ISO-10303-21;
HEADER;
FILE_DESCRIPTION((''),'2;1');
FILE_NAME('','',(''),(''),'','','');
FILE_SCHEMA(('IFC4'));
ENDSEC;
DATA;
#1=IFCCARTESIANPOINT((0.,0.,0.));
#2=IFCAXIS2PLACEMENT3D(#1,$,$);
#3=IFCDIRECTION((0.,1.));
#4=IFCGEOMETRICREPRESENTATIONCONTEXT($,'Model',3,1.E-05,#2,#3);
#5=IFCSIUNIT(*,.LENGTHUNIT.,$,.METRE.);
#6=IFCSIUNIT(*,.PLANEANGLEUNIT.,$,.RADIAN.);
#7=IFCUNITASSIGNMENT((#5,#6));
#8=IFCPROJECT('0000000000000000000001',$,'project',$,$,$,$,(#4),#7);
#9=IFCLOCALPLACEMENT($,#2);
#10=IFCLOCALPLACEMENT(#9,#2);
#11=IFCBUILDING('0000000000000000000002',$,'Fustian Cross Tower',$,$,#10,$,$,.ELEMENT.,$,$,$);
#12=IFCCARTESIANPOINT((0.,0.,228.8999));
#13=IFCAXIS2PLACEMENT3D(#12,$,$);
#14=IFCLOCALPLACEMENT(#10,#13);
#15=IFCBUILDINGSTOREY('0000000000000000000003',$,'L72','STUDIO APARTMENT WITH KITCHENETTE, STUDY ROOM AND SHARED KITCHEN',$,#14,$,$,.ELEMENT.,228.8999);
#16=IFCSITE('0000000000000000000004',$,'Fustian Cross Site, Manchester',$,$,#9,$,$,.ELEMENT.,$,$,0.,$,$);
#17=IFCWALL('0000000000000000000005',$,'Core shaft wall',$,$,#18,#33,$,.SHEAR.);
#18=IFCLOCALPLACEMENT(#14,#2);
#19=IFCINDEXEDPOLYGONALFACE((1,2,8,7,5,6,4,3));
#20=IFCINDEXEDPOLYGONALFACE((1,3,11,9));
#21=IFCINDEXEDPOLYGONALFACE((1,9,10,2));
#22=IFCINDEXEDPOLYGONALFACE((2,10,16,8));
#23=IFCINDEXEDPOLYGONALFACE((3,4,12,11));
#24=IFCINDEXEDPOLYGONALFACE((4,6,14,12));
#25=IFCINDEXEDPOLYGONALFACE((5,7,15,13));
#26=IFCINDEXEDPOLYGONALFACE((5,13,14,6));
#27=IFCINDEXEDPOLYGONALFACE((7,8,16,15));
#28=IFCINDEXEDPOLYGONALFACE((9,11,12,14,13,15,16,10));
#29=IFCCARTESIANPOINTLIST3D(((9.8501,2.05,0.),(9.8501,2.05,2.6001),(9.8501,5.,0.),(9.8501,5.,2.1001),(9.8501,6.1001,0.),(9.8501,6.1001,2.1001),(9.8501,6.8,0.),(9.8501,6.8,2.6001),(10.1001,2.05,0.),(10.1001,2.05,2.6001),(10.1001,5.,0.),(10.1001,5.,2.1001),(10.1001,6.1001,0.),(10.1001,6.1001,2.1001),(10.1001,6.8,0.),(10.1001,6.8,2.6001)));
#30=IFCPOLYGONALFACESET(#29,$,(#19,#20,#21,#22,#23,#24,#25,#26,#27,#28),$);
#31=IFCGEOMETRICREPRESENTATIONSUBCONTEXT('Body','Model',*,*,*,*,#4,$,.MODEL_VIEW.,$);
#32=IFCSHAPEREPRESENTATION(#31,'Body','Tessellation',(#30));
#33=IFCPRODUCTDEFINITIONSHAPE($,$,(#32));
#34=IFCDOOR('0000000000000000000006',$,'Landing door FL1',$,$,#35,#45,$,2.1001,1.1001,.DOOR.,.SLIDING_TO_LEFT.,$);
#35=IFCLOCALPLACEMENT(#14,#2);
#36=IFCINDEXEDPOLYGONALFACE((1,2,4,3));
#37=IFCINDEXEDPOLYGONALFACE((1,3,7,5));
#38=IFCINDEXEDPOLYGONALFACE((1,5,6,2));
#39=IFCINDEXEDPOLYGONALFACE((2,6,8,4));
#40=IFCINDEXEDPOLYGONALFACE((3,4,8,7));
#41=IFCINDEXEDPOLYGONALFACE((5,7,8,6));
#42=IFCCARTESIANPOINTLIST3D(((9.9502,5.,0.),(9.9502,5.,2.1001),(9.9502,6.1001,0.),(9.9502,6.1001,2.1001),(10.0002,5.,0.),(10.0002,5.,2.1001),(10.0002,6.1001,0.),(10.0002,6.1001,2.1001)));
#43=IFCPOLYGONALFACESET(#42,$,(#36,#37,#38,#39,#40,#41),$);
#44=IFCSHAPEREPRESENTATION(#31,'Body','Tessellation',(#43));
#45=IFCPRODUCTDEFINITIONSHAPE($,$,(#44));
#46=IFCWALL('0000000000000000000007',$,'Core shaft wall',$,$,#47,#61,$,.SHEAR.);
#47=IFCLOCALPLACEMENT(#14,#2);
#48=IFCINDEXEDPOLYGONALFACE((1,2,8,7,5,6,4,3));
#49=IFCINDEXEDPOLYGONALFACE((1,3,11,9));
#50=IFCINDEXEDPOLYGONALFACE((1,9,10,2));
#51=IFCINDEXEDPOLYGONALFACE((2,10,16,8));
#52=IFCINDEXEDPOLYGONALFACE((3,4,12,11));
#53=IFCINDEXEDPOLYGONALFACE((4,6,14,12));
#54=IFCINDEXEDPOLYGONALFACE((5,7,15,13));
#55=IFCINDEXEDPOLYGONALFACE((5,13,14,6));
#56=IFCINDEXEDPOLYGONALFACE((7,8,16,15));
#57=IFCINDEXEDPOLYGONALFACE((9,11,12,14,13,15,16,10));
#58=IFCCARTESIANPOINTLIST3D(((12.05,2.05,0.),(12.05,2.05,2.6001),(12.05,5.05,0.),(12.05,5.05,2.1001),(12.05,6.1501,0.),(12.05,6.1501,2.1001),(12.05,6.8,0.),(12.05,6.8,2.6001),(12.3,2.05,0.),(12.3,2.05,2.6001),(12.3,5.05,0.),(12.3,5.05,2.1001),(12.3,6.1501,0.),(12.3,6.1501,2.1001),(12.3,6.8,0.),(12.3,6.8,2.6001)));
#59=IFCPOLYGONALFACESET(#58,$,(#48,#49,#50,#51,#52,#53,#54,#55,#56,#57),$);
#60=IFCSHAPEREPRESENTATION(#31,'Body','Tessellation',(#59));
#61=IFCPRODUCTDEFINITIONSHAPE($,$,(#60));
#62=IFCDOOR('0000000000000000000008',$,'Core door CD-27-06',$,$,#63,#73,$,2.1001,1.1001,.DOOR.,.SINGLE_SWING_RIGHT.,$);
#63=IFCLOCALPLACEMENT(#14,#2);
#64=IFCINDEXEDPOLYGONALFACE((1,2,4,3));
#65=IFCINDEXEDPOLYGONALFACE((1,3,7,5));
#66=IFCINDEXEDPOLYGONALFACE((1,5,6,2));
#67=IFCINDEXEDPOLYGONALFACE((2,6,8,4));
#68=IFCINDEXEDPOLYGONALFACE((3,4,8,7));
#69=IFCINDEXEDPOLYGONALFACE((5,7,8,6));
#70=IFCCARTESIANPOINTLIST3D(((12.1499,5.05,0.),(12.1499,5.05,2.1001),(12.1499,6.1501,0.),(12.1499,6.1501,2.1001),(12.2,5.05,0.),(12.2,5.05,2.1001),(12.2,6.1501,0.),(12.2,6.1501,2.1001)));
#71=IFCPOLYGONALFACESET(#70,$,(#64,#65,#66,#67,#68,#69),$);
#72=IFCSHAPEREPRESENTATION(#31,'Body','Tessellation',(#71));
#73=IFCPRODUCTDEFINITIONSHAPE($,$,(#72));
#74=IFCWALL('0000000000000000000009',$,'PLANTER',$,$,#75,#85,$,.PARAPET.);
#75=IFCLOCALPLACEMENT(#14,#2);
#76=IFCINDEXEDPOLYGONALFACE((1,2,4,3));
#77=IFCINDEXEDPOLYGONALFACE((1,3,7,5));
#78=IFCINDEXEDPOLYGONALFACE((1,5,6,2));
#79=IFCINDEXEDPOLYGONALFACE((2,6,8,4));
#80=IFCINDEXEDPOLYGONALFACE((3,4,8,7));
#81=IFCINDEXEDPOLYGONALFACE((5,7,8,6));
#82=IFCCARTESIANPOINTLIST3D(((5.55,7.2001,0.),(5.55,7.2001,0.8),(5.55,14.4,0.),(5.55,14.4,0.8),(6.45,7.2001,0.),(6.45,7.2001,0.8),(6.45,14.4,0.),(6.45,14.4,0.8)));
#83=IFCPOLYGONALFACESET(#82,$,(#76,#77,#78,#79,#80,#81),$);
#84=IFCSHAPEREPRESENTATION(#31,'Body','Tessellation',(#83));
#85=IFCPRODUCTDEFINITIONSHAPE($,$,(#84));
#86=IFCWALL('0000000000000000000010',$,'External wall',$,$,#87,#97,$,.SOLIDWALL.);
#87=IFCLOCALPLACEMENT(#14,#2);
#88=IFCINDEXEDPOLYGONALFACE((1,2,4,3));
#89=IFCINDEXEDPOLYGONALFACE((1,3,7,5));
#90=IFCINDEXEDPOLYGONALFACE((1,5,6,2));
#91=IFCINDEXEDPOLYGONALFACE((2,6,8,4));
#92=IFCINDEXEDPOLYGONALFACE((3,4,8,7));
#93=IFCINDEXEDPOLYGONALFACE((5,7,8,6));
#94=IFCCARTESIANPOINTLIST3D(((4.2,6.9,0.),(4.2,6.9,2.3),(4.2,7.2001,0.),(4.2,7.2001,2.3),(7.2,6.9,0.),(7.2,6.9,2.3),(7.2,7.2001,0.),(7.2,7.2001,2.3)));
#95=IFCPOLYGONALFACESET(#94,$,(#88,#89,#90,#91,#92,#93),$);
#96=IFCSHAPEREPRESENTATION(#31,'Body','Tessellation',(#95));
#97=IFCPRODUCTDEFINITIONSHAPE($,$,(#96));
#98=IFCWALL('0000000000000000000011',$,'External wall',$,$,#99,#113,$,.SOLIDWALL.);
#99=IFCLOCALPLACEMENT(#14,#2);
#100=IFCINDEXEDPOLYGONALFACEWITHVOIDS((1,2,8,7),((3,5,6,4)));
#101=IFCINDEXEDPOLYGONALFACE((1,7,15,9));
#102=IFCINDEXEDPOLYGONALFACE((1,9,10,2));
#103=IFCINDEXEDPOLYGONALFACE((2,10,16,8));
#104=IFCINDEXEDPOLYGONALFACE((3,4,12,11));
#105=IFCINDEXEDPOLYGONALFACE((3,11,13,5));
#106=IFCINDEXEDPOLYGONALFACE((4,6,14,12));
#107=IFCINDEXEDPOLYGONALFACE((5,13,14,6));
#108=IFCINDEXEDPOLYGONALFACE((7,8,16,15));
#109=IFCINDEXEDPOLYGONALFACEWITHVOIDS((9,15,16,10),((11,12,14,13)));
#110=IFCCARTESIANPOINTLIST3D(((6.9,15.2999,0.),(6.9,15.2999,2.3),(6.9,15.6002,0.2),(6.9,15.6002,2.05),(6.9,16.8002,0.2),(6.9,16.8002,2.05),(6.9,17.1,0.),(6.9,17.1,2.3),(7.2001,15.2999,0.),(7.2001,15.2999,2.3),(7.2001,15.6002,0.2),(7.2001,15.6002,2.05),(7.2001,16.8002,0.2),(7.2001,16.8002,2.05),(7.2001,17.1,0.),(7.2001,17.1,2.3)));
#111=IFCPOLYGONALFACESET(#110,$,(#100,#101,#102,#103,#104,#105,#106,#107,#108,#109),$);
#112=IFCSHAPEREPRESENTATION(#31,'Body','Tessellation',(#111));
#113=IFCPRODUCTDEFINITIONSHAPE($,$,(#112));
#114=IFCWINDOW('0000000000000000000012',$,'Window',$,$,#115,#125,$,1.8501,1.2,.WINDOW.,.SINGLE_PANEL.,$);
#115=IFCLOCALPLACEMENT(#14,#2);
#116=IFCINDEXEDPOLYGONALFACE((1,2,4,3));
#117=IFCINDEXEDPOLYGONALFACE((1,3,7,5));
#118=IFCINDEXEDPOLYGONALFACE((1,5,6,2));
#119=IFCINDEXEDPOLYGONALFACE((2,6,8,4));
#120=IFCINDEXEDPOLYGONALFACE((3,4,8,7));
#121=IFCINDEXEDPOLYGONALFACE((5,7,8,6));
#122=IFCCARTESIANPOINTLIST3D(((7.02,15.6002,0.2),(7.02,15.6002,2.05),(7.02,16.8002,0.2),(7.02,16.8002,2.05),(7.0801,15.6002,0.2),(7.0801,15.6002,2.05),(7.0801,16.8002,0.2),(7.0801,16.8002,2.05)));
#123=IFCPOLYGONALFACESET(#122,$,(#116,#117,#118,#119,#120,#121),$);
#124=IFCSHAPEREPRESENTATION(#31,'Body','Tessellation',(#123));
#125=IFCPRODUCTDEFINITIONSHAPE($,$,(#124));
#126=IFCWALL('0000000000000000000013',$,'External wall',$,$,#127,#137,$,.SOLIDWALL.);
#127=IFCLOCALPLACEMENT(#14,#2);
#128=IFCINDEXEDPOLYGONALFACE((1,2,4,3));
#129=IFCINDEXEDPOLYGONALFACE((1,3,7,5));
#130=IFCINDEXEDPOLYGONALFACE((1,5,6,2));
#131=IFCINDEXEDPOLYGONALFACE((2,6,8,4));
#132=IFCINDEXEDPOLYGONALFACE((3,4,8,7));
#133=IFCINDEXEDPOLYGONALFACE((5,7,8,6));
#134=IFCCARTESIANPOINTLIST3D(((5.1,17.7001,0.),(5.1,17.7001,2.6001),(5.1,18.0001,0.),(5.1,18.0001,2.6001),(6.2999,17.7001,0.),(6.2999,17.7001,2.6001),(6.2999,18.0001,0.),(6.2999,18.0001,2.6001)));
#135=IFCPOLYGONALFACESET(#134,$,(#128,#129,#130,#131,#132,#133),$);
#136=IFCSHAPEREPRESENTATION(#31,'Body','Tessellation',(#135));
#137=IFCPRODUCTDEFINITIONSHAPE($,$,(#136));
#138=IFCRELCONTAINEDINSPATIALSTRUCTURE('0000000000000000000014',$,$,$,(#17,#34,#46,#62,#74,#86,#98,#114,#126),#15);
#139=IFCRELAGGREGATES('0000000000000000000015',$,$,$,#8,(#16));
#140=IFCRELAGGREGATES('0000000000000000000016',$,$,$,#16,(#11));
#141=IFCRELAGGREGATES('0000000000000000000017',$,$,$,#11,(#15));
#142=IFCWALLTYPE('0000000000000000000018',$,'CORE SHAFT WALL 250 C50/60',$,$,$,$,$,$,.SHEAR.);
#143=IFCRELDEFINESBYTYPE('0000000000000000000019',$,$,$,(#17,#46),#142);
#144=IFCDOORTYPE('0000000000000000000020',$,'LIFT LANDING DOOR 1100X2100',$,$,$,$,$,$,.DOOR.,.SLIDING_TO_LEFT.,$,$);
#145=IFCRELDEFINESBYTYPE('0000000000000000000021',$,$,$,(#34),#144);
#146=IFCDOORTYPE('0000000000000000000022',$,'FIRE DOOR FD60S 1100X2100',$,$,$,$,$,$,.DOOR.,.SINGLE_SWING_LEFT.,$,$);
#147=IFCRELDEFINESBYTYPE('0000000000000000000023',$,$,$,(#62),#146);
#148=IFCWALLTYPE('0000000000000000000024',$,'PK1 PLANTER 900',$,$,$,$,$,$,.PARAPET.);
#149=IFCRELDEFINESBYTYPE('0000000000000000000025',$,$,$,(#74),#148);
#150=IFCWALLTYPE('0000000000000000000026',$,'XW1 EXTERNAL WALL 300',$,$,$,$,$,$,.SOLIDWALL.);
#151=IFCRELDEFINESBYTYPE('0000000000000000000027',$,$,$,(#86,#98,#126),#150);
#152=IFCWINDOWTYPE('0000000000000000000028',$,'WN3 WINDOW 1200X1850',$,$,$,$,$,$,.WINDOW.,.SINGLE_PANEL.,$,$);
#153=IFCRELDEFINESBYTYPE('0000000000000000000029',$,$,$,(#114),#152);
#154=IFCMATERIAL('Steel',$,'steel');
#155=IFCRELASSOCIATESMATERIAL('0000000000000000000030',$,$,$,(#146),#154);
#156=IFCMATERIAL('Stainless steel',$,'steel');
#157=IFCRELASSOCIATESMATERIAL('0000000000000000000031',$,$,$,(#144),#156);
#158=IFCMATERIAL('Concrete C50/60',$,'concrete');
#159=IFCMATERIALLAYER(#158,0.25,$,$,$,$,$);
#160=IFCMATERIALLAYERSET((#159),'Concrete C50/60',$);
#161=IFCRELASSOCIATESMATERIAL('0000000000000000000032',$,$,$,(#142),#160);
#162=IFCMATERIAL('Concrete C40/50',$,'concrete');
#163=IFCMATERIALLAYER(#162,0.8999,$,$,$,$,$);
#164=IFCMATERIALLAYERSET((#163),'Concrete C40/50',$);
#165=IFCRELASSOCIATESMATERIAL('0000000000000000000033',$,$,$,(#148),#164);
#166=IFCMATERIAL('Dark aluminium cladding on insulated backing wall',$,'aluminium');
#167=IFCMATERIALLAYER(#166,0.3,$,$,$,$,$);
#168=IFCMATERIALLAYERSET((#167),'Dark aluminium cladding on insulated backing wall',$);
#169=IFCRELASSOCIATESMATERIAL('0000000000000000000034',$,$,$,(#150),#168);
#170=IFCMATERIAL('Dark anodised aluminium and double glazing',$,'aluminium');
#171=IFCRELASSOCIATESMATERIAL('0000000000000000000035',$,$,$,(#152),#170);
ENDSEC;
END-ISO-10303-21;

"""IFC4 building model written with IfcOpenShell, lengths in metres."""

from ifc_helpers import new_model, si_unit, direction, frame, frame_2d, origin, place, context, subcontext, project, spatial, rectangle, extrude, material, layer, layer_set, type_object, element, fill, save


model = new_model("IFC4")

# Units and contexts
model_context = context("Model", 3, precision=1e-05, world=origin(), true_north=direction((0.0, 1.0)))
body_context = subcontext(model_context, "Body", "Model", "MODEL_VIEW")
ifc_project = project(units=[si_unit("LENGTHUNIT", "METRE"), si_unit("PLANEANGLEUNIT", "RADIAN")], contexts=[model_context])

# Site, building, storey
site_placement = place(None, origin())
site = spatial("IfcSite", under=ifc_project, at=site_placement, Name="Fustian Cross Site, Manchester", CompositionType="ELEMENT", RefElevation=0.0)
building_placement = place(site_placement, origin())
building = spatial("IfcBuilding", under=site, at=building_placement, Name="Fustian Cross Tower", CompositionType="ELEMENT")
storey_placement = place(building_placement, frame((0.0, 0.0, 228.8999)))
storey = spatial("IfcBuildingStorey", under=building, at=storey_placement, Name="L72", Description="STUDIO APARTMENT WITH KITCHENETTE, STUDY ROOM AND SHARED KITCHEN", CompositionType="ELEMENT", Elevation=228.8999)

# Shared definitions
ifc_material_1 = material(Name="Steel", Category="steel")
door_type_1 = type_object("IfcDoorType", Name="FIRE DOOR FD60S 1100X2100", OperationType="SINGLE_SWING_LEFT", PredefinedType="DOOR", material=ifc_material_1)
ifc_material_2 = material(Name="Stainless steel", Category="steel")
door_type_2 = type_object("IfcDoorType", Name="LIFT LANDING DOOR 1100X2100", OperationType="SLIDING_TO_LEFT", PredefinedType="DOOR", material=ifc_material_2)

# Shared definitions
ifc_material_3 = material(Name="Concrete C50/60", Category="concrete")
ifc_layer_1 = layer(ifc_material_3, 0.25)
ifc_layer_set_1 = layer_set([ifc_layer_1], Name="Concrete C50/60")
wall_type_1 = type_object("IfcWallType", Name="CORE SHAFT WALL 250 C50/60", PredefinedType="SHEAR", material=ifc_layer_set_1)

# Walls, openings, doors
wall_1_placement = place(storey_placement, frame((9.9751, 2.05, 0.0), z_axis=(0.0, 0.0, 1.0), x_axis=(0.0, 1.0, 0.0)))
wall_1 = element("IfcWall", 1, at=wall_1_placement, inside=storey, type_object=wall_type_1, Name="Core shaft wall", PredefinedType="SHEAR", context=body_context, shape_type="SweptSolid", body=[
    extrude(rectangle(XDim=4.75, YDim=0.25, at=frame_2d((2.375, 0.0))), origin(), (0.0, 0.0, 1.0), 2.6001),
])
opening_1_placement = place(wall_1_placement, frame((2.95, 0.0, 0.0)))
opening_1 = element("IfcOpeningElement", 2, at=opening_1_placement, cuts=wall_1, PredefinedType="OPENING", context=body_context, shape_type="SweptSolid", body=[
    extrude(rectangle(XDim=1.1001, YDim=2.1001, at=frame_2d((0.55, 1.05))), frame((0.0, 0.135, 0.0), z_axis=(0.0, -1.0, 0.0), x_axis=(1.0, 0.0, 0.0)), (0.0, 0.0, 1.0), 0.27),
])
door_1_placement = place(opening_1_placement, origin())
door_1 = element("IfcDoor", 3, at=door_1_placement, inside=storey, type_object=door_type_2, Name="Landing door FL1", OperationType="SLIDING_TO_LEFT", OverallHeight=2.1001, OverallWidth=1.1001, PredefinedType="DOOR", context=body_context, shape_type="SweptSolid", body=[
    extrude(rectangle(XDim=1.1001, YDim=2.1001, at=frame_2d((0.55, 1.05))), frame((0.0, 0.0249, 0.0), z_axis=(0.0, -1.0, 0.0), x_axis=(1.0, 0.0, 0.0)), (0.0, 0.0, 1.0), 0.05),
])
fill(opening_1, door_1)
wall_2_placement = place(storey_placement, frame((12.175, 2.05, 0.0), z_axis=(0.0, 0.0, 1.0), x_axis=(0.0, 1.0, 0.0)))
wall_2 = element("IfcWall", 4, at=wall_2_placement, inside=storey, type_object=wall_type_1, Name="Core shaft wall", PredefinedType="SHEAR", context=body_context, shape_type="SweptSolid", body=[
    extrude(rectangle(XDim=4.75, YDim=0.25, at=frame_2d((2.375, 0.0))), origin(), (0.0, 0.0, 1.0), 2.6001),
])
opening_2_placement = place(wall_2_placement, frame((3.0, 0.0, 0.0)))
opening_2 = element("IfcOpeningElement", 5, at=opening_2_placement, cuts=wall_2, PredefinedType="OPENING", context=body_context, shape_type="SweptSolid", body=[
    extrude(rectangle(XDim=1.1001, YDim=2.1001, at=frame_2d((0.55, 1.05))), frame((0.0, 0.135, 0.0), z_axis=(0.0, -1.0, 0.0), x_axis=(1.0, 0.0, 0.0)), (0.0, 0.0, 1.0), 0.27),
])
door_2_placement = place(opening_2_placement, frame((1.1001, 0.0, 0.0), z_axis=(0.0, 0.0, 1.0), x_axis=(-1.0, 0.0, 0.0)))
door_2 = element("IfcDoor", 6, at=door_2_placement, inside=storey, type_object=door_type_1, Name="Core door CD-27-06", OperationType="SINGLE_SWING_RIGHT", OverallHeight=2.1001, OverallWidth=1.1001, PredefinedType="DOOR", context=body_context, shape_type="SweptSolid", body=[
    extrude(rectangle(XDim=1.1001, YDim=2.1001, at=frame_2d((0.55, 1.05))), frame((0.0, 0.0249, 0.0), z_axis=(0.0, -1.0, 0.0), x_axis=(1.0, 0.0, 0.0)), (0.0, 0.0, 1.0), 0.05),
])
fill(opening_2, door_2)

# Walls
ifc_material_4 = material(Name="Concrete C40/50", Category="concrete")
ifc_layer_2 = layer(ifc_material_4, 0.8999)
ifc_layer_set_2 = layer_set([ifc_layer_2], Name="Concrete C40/50")
wall_type_2 = type_object("IfcWallType", Name="PK1 PLANTER 900", PredefinedType="PARAPET", material=ifc_layer_set_2)
wall_3_placement = place(storey_placement, frame((6.0, 7.2, 0.0), z_axis=(0.0, 0.0, 1.0), x_axis=(0.0, 1.0, 0.0)))
element("IfcWall", 7, at=wall_3_placement, inside=storey, type_object=wall_type_2, Name="PLANTER", PredefinedType="PARAPET", context=body_context, shape_type="SweptSolid", body=[
    extrude(rectangle(XDim=7.2, YDim=0.8999, at=frame_2d((3.6001, 0.0))), origin(), (0.0, 0.0, 1.0), 0.8),
])
ifc_material_5 = material(Name="Dark aluminium cladding on insulated backing wall", Category="aluminium")
ifc_layer_3 = layer(ifc_material_5, 0.3)
ifc_layer_set_3 = layer_set([ifc_layer_3], Name="Dark aluminium cladding on insulated backing wall")
wall_type_3 = type_object("IfcWallType", Name="XW1 EXTERNAL WALL 300", PredefinedType="SOLIDWALL", material=ifc_layer_set_3)
wall_4_placement = place(storey_placement, frame((7.2, 7.05, 0.0), z_axis=(0.0, 0.0, 1.0), x_axis=(-1.0, 0.0, 0.0)))
element("IfcWall", 8, at=wall_4_placement, inside=storey, type_object=wall_type_3, Name="External wall", PredefinedType="SOLIDWALL", context=body_context, shape_type="SweptSolid", body=[
    extrude(rectangle(XDim=3.0, YDim=0.3, at=frame_2d((1.5, 0.0))), origin(), (0.0, 0.0, 1.0), 2.3),
])

# Wall, opening, window
wall_5_placement = place(storey_placement, frame((7.05, 15.3, 0.0), z_axis=(0.0, 0.0, 1.0), x_axis=(0.0, 1.0, 0.0)))
wall_5 = element("IfcWall", 9, at=wall_5_placement, inside=storey, type_object=wall_type_3, Name="External wall", PredefinedType="SOLIDWALL", context=body_context, shape_type="SweptSolid", body=[
    extrude(rectangle(XDim=1.8, YDim=0.3, at=frame_2d((0.8999, 0.0))), origin(), (0.0, 0.0, 1.0), 2.3),
])
opening_3_placement = place(wall_5_placement, frame((0.3, 0.0, 0.2)))
opening_3 = element("IfcOpeningElement", 10, at=opening_3_placement, cuts=wall_5, PredefinedType="OPENING", context=body_context, shape_type="SweptSolid", body=[
    extrude(rectangle(XDim=1.2, YDim=1.8501, at=frame_2d((0.6001, 0.925))), frame((0.0, 0.1599, 0.0), z_axis=(0.0, -1.0, 0.0), x_axis=(1.0, 0.0, 0.0)), (0.0, 0.0, 1.0), 0.3201),
])
ifc_material_6 = material(Name="Dark anodised aluminium and double glazing", Category="aluminium")
window_type = type_object("IfcWindowType", Name="WN3 WINDOW 1200X1850", PartitioningType="SINGLE_PANEL", PredefinedType="WINDOW", material=ifc_material_6)
window_placement = place(opening_3_placement, origin())
window = element("IfcWindow", 11, at=window_placement, inside=storey, type_object=window_type, Name="Window", OverallHeight=1.8501, OverallWidth=1.2, PartitioningType="SINGLE_PANEL", PredefinedType="WINDOW", context=body_context, shape_type="SweptSolid", body=[
    extrude(rectangle(XDim=1.2, YDim=1.8501, at=frame_2d((0.6001, 0.925))), frame((0.0, 0.03, 0.0), z_axis=(0.0, -1.0, 0.0), x_axis=(1.0, 0.0, 0.0)), (0.0, 0.0, 1.0), 0.0601),
])
fill(opening_3, window)

# Wall
wall_6_placement = place(storey_placement, frame((6.3, 17.8501, 0.0), z_axis=(0.0, 0.0, 1.0), x_axis=(-1.0, 0.0, 0.0)))
element("IfcWall", 12, at=wall_6_placement, inside=storey, type_object=wall_type_3, Name="External wall", PredefinedType="SOLIDWALL", context=body_context, shape_type="SweptSolid", body=[
    extrude(rectangle(XDim=1.2, YDim=0.3, at=frame_2d((0.6001, 0.0))), origin(), (0.0, 0.0, 1.0), 2.6001),
])

save(model, "model.ifc")
